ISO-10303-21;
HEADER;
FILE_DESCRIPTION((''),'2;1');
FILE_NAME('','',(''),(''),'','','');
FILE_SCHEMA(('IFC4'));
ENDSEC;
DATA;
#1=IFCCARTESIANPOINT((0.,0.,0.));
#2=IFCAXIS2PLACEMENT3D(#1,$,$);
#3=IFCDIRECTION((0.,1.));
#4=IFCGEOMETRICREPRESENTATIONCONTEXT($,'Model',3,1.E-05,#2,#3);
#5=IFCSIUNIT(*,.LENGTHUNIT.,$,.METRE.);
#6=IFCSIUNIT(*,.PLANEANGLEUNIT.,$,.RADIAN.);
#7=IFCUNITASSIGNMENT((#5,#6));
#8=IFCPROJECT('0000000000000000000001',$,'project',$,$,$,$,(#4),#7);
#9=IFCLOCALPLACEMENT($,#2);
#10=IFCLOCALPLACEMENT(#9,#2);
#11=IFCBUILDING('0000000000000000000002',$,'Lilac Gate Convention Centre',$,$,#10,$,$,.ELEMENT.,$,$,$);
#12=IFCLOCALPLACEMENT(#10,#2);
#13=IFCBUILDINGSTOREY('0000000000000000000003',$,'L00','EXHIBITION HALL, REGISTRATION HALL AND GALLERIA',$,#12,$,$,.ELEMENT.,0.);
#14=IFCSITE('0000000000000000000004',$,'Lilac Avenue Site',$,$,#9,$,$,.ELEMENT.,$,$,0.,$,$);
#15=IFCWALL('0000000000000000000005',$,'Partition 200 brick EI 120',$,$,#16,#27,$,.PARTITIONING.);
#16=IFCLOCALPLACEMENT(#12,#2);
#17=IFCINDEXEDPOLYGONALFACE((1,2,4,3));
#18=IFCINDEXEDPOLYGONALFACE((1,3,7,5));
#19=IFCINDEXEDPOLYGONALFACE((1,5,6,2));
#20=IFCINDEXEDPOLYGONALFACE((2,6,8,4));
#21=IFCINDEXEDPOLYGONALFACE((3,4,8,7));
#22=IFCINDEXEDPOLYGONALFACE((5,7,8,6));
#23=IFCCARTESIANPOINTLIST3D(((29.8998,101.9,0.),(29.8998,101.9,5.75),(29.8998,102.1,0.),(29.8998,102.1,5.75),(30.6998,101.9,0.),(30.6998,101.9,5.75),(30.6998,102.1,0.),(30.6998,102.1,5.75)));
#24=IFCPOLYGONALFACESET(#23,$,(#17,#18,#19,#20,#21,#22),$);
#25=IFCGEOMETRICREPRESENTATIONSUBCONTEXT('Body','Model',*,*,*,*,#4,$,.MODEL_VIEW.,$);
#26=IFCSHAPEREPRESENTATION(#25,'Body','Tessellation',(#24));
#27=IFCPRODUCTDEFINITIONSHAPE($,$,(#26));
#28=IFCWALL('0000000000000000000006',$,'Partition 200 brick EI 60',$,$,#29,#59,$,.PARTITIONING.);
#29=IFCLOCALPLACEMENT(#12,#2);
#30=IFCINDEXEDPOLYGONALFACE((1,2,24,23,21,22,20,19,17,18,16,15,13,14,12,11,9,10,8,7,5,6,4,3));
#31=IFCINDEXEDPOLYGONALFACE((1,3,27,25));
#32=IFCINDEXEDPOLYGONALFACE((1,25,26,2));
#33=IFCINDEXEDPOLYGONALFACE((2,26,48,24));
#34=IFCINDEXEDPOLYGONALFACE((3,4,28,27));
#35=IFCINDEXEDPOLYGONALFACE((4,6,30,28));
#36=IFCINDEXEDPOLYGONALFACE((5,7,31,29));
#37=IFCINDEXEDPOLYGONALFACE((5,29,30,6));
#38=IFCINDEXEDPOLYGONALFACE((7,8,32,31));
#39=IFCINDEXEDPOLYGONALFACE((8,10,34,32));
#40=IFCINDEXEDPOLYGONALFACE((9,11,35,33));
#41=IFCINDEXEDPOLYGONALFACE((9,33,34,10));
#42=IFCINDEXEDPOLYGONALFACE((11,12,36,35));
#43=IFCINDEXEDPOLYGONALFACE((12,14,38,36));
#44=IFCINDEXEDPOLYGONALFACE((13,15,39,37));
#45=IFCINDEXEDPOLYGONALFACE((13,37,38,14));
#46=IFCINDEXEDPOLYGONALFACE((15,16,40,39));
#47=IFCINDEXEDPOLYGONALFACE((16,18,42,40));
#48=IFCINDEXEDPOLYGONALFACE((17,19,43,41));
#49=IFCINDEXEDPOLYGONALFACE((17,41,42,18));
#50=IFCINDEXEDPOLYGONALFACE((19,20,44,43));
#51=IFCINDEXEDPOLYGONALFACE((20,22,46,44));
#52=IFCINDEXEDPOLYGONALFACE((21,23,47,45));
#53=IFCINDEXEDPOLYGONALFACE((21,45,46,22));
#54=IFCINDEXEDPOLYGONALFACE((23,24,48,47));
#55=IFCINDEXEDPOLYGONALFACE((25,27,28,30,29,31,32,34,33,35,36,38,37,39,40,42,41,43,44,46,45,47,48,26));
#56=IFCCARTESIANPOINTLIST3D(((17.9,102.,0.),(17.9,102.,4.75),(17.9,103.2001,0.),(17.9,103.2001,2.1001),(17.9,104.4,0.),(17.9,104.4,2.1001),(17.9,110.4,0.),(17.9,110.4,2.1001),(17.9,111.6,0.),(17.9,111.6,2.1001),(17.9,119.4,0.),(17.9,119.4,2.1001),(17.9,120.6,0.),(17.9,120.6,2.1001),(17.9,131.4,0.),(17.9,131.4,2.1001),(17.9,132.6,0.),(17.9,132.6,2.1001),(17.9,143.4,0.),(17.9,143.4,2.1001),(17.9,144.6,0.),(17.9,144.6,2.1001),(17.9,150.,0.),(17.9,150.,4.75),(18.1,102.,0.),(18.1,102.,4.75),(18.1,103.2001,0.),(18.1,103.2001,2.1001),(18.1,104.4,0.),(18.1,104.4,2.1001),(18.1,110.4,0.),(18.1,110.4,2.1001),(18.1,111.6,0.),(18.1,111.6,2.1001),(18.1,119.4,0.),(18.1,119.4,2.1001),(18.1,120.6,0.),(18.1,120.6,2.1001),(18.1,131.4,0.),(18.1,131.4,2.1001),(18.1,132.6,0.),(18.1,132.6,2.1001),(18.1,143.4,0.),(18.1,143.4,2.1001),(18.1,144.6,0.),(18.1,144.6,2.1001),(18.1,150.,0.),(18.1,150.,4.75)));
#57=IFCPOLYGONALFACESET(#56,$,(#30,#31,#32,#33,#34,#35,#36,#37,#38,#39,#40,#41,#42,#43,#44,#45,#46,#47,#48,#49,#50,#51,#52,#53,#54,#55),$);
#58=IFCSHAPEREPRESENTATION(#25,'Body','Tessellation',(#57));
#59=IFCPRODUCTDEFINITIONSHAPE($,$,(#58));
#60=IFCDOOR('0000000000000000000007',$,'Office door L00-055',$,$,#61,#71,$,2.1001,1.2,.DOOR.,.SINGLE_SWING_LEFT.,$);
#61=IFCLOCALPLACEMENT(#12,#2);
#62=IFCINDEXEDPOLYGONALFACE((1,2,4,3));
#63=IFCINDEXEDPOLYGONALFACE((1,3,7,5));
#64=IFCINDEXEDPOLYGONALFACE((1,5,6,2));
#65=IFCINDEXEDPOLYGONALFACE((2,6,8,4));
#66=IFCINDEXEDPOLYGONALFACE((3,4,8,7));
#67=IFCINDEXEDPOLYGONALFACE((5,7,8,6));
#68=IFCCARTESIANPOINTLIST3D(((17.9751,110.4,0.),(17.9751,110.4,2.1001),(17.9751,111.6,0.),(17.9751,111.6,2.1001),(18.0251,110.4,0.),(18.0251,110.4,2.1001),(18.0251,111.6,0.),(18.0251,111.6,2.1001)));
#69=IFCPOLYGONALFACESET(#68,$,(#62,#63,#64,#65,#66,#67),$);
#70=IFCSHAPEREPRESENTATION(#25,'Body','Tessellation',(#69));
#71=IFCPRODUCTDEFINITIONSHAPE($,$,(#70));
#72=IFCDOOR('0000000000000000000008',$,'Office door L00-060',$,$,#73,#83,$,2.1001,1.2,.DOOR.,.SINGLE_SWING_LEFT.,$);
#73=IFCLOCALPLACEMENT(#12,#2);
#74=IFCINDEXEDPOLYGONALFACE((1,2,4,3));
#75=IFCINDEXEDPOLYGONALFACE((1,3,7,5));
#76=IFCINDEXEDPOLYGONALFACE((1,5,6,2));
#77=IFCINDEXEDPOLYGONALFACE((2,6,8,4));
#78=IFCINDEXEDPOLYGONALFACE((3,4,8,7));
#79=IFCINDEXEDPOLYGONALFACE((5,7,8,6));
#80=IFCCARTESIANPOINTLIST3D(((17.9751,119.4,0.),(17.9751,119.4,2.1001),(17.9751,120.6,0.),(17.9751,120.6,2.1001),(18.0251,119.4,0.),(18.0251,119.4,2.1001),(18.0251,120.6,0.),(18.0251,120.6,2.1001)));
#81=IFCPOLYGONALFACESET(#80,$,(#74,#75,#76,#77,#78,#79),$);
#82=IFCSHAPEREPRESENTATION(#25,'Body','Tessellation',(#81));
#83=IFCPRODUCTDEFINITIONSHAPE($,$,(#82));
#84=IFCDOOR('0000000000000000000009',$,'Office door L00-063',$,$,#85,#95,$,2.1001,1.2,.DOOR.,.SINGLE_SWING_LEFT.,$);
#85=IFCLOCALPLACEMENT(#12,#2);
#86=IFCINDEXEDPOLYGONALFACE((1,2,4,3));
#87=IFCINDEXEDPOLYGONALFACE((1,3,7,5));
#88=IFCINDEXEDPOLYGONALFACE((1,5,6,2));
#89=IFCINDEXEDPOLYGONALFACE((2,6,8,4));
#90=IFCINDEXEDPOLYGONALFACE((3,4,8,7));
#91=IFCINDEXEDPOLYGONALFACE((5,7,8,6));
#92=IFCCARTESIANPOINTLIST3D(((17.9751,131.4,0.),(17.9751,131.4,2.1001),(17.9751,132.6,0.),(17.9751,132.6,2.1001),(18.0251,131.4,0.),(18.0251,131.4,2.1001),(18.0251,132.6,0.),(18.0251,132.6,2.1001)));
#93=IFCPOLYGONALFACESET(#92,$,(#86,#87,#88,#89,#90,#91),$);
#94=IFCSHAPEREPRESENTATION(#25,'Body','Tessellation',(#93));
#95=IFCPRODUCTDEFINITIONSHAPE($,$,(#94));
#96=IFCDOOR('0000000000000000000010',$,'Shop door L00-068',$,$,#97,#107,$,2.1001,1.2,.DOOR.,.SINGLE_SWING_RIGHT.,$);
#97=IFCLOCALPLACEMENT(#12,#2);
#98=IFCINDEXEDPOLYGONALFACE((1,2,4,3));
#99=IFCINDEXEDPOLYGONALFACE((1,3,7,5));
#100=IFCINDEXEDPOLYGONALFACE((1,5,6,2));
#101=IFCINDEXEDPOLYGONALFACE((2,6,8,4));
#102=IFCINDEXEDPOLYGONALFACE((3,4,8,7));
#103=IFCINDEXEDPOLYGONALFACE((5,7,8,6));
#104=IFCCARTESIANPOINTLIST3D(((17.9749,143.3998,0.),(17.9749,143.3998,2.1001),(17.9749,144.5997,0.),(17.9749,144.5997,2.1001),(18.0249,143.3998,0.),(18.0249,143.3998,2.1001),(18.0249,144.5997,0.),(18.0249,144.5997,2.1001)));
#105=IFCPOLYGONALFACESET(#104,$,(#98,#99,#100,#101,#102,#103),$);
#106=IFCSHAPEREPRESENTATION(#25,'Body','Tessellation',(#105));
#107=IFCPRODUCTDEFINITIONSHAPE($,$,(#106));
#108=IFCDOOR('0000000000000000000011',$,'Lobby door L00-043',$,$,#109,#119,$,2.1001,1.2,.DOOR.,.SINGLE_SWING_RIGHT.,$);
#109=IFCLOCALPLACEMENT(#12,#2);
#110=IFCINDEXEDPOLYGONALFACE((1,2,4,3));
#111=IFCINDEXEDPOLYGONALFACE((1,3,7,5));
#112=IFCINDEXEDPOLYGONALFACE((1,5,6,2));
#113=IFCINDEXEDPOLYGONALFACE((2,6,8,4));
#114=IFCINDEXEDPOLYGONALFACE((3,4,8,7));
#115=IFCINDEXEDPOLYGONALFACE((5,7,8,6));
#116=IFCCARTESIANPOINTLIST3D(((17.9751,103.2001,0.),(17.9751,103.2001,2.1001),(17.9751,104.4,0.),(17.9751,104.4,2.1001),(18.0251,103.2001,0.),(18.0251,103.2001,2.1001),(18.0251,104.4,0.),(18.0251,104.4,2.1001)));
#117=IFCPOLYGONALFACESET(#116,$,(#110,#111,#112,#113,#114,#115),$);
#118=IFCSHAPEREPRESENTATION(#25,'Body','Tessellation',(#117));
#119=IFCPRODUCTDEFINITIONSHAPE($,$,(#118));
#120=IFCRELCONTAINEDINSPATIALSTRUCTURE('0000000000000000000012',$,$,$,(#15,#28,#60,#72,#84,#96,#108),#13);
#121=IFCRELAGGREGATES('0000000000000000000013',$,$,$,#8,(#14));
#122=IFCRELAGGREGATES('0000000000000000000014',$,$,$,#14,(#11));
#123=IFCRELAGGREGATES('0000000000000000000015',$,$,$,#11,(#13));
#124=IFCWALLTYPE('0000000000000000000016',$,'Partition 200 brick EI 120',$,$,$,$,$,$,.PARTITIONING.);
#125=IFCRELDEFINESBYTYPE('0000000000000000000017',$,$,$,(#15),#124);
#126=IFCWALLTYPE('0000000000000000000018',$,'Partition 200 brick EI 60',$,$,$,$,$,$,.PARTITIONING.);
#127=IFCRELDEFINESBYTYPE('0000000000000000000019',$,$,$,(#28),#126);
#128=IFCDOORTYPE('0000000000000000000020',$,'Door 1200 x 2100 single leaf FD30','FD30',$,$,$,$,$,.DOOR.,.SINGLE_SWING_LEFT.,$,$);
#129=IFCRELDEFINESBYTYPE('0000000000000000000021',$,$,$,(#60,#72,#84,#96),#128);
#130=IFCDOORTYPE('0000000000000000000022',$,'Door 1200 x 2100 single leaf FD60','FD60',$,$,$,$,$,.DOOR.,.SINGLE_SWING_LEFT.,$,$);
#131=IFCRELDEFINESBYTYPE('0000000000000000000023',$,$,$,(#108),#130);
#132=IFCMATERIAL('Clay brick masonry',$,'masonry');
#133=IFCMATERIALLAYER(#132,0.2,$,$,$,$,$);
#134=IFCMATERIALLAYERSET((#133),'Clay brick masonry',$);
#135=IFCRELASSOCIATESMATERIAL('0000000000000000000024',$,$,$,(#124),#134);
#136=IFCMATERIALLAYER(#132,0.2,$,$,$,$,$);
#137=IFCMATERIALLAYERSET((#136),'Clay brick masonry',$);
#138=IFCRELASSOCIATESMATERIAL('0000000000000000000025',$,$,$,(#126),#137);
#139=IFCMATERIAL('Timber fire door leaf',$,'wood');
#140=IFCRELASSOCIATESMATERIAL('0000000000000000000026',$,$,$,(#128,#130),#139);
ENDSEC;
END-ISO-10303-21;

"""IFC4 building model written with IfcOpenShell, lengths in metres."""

from ifc_helpers import new_model, si_unit, direction, frame, frame_2d, origin, place, context, subcontext, project, spatial, rectangle, extrude, material, layer, layer_set, type_object, element, fill, save


model = new_model("IFC4")

# Units and contexts
model_context = context("Model", 3, precision=1e-05, world=origin(), true_north=direction((0.0, 1.0)))
body_context = subcontext(model_context, "Body", "Model", "MODEL_VIEW")
ifc_project = project(units=[si_unit("LENGTHUNIT", "METRE"), si_unit("PLANEANGLEUNIT", "RADIAN")], contexts=[model_context])

# Site, building, storey
site_placement = place(None, origin())
site = spatial("IfcSite", under=ifc_project, at=site_placement, Name="Lilac Avenue Site", CompositionType="ELEMENT", RefElevation=0.0)
building_placement = place(site_placement, origin())
building = spatial("IfcBuilding", under=site, at=building_placement, Name="Lilac Gate Convention Centre", CompositionType="ELEMENT")
storey_placement = place(building_placement, origin())
storey = spatial("IfcBuildingStorey", under=building, at=storey_placement, Name="L00", Description="EXHIBITION HALL, REGISTRATION HALL AND GALLERIA", CompositionType="ELEMENT", Elevation=0.0)

# Wall
ifc_material_1 = material(Name="Clay brick masonry", Category="masonry")
ifc_layer_1 = layer(ifc_material_1, 0.2)
ifc_layer_set_1 = layer_set([ifc_layer_1], Name="Clay brick masonry")
wall_type_1 = type_object("IfcWallType", Name="Partition 200 brick EI 120", PredefinedType="PARTITIONING", material=ifc_layer_set_1)
wall_1_placement = place(storey_placement, frame((29.8999, 102.0, 0.0), z_axis=(0.0, 0.0, 1.0), x_axis=(1.0, 0.0, 0.0)))
element("IfcWall", 1, at=wall_1_placement, inside=storey, type_object=wall_type_1, Name="Partition 200 brick EI 120", PredefinedType="PARTITIONING", context=body_context, shape_type="SweptSolid", body=[
    extrude(rectangle(XDim=0.8, YDim=0.2, at=frame_2d((0.3999, 0.0))), origin(), (0.0, 0.0, 1.0), 5.75),
])

# Wall, openings, doors
ifc_layer_2 = layer(ifc_material_1, 0.2)
ifc_layer_set_2 = layer_set([ifc_layer_2], Name="Clay brick masonry")
wall_type_2 = type_object("IfcWallType", Name="Partition 200 brick EI 60", PredefinedType="PARTITIONING", material=ifc_layer_set_2)
wall_2_placement = place(storey_placement, frame((18.0, 102.0, 0.0), z_axis=(0.0, 0.0, 1.0), x_axis=(0.0, 1.0, 0.0)))
wall_2 = element("IfcWall", 2, at=wall_2_placement, inside=storey, type_object=wall_type_2, Name="Partition 200 brick EI 60", PredefinedType="PARTITIONING", context=body_context, shape_type="SweptSolid", body=[
    extrude(rectangle(XDim=48.0, YDim=0.2, at=frame_2d((24.0, 0.0))), origin(), (0.0, 0.0, 1.0), 4.75),
])
opening_1_placement = place(wall_2_placement, frame((1.2, 0.0, 0.0)))
opening_1 = element("IfcOpeningElement", 3, at=opening_1_placement, cuts=wall_2, PredefinedType="OPENING", context=body_context, shape_type="SweptSolid", body=[
    extrude(rectangle(XDim=1.2, YDim=2.1001, at=frame_2d((0.6001, 1.05))), frame((0.0, 0.1099, 0.0), z_axis=(0.0, -1.0, 0.0), x_axis=(1.0, 0.0, 0.0)), (0.0, 0.0, 1.0), 0.22),
])
opening_2_placement = place(wall_2_placement, frame((8.3999, 0.0, 0.0)))
opening_2 = element("IfcOpeningElement", 4, at=opening_2_placement, cuts=wall_2, PredefinedType="OPENING", context=body_context, shape_type="SweptSolid", body=[
    extrude(rectangle(XDim=1.2, YDim=2.1001, at=frame_2d((0.6001, 1.05))), frame((0.0, 0.1099, 0.0), z_axis=(0.0, -1.0, 0.0), x_axis=(1.0, 0.0, 0.0)), (0.0, 0.0, 1.0), 0.22),
])
opening_3_placement = place(wall_2_placement, frame((17.3999, 0.0, 0.0)))
opening_3 = element("IfcOpeningElement", 5, at=opening_3_placement, cuts=wall_2, PredefinedType="OPENING", context=body_context, shape_type="SweptSolid", body=[
    extrude(rectangle(XDim=1.2, YDim=2.1001, at=frame_2d((0.6001, 1.05))), frame((0.0, 0.1099, 0.0), z_axis=(0.0, -1.0, 0.0), x_axis=(1.0, 0.0, 0.0)), (0.0, 0.0, 1.0), 0.22),
])
opening_4_placement = place(wall_2_placement, frame((29.3999, 0.0, 0.0)))
opening_4 = element("IfcOpeningElement", 6, at=opening_4_placement, cuts=wall_2, PredefinedType="OPENING", context=body_context, shape_type="SweptSolid", body=[
    extrude(rectangle(XDim=1.2, YDim=2.1001, at=frame_2d((0.6001, 1.05))), frame((0.0, 0.1099, 0.0), z_axis=(0.0, -1.0, 0.0), x_axis=(1.0, 0.0, 0.0)), (0.0, 0.0, 1.0), 0.22),
])
opening_5_placement = place(wall_2_placement, frame((41.3999, 0.0, 0.0)))
opening_5 = element("IfcOpeningElement", 7, at=opening_5_placement, cuts=wall_2, PredefinedType="OPENING", context=body_context, shape_type="SweptSolid", body=[
    extrude(rectangle(XDim=1.2, YDim=2.1001, at=frame_2d((0.6001, 1.05))), frame((0.0, 0.1099, 0.0), z_axis=(0.0, -1.0, 0.0), x_axis=(1.0, 0.0, 0.0)), (0.0, 0.0, 1.0), 0.22),
])
ifc_material_2 = material(Name="Timber fire door leaf", Category="wood")
door_type_1 = type_object("IfcDoorType", Name="Door 1200 x 2100 single leaf FD30", Description="FD30", OperationType="SINGLE_SWING_LEFT", PredefinedType="DOOR", material=ifc_material_2)
door_1_placement = place(opening_2_placement, origin())
door_1 = element("IfcDoor", 8, at=door_1_placement, inside=storey, type_object=door_type_1, Name="Office door L00-055", OperationType="SINGLE_SWING_LEFT", OverallHeight=2.1001, OverallWidth=1.2, PredefinedType="DOOR", context=body_context, shape_type="SweptSolid", body=[
    extrude(rectangle(XDim=1.2, YDim=2.1001, at=frame_2d((0.6001, 1.05))), frame((0.0, 0.0249, 0.0), z_axis=(0.0, -1.0, 0.0), x_axis=(1.0, 0.0, 0.0)), (0.0, 0.0, 1.0), 0.05),
])
fill(opening_2, door_1)
door_2_placement = place(opening_3_placement, origin())
door_2 = element("IfcDoor", 9, at=door_2_placement, inside=storey, type_object=door_type_1, Name="Office door L00-060", OperationType="SINGLE_SWING_LEFT", OverallHeight=2.1001, OverallWidth=1.2, PredefinedType="DOOR", context=body_context, shape_type="SweptSolid", body=[
    extrude(rectangle(XDim=1.2, YDim=2.1001, at=frame_2d((0.6001, 1.05))), frame((0.0, 0.0249, 0.0), z_axis=(0.0, -1.0, 0.0), x_axis=(1.0, 0.0, 0.0)), (0.0, 0.0, 1.0), 0.05),
])
fill(opening_3, door_2)
door_3_placement = place(opening_4_placement, origin())
door_3 = element("IfcDoor", 10, at=door_3_placement, inside=storey, type_object=door_type_1, Name="Office door L00-063", OperationType="SINGLE_SWING_LEFT", OverallHeight=2.1001, OverallWidth=1.2, PredefinedType="DOOR", context=body_context, shape_type="SweptSolid", body=[
    extrude(rectangle(XDim=1.2, YDim=2.1001, at=frame_2d((0.6001, 1.05))), frame((0.0, 0.0249, 0.0), z_axis=(0.0, -1.0, 0.0), x_axis=(1.0, 0.0, 0.0)), (0.0, 0.0, 1.0), 0.05),
])
fill(opening_4, door_3)
door_4_placement = place(opening_5_placement, frame((1.2, 0.0, 0.0), z_axis=(0.0, 0.0, 1.0), x_axis=(-1.0, 0.0, 0.0)))
door_4 = element("IfcDoor", 11, at=door_4_placement, inside=storey, type_object=door_type_1, Name="Shop door L00-068", OperationType="SINGLE_SWING_RIGHT", OverallHeight=2.1001, OverallWidth=1.2, PredefinedType="DOOR", context=body_context, shape_type="SweptSolid", body=[
    extrude(rectangle(XDim=1.2, YDim=2.1001, at=frame_2d((0.6001, 1.05))), frame((0.0, 0.0249, 0.0), z_axis=(0.0, -1.0, 0.0), x_axis=(1.0, 0.0, 0.0)), (0.0, 0.0, 1.0), 0.05),
])
fill(opening_5, door_4)
door_type_2 = type_object("IfcDoorType", Name="Door 1200 x 2100 single leaf FD60", Description="FD60", OperationType="SINGLE_SWING_LEFT", PredefinedType="DOOR", material=ifc_material_2)
door_5_placement = place(opening_1_placement, origin())
door_5 = element("IfcDoor", 12, at=door_5_placement, inside=storey, type_object=door_type_2, Name="Lobby door L00-043", OperationType="SINGLE_SWING_RIGHT", OverallHeight=2.1001, OverallWidth=1.2, PredefinedType="DOOR", context=body_context, shape_type="SweptSolid", body=[
    extrude(rectangle(XDim=1.2, YDim=2.1001, at=frame_2d((0.6001, 1.05))), frame((0.0, 0.0249, 0.0), z_axis=(0.0, -1.0, 0.0), x_axis=(1.0, 0.0, 0.0)), (0.0, 0.0, 1.0), 0.05),
])
fill(opening_1, door_5)

save(model, "model.ifc")
